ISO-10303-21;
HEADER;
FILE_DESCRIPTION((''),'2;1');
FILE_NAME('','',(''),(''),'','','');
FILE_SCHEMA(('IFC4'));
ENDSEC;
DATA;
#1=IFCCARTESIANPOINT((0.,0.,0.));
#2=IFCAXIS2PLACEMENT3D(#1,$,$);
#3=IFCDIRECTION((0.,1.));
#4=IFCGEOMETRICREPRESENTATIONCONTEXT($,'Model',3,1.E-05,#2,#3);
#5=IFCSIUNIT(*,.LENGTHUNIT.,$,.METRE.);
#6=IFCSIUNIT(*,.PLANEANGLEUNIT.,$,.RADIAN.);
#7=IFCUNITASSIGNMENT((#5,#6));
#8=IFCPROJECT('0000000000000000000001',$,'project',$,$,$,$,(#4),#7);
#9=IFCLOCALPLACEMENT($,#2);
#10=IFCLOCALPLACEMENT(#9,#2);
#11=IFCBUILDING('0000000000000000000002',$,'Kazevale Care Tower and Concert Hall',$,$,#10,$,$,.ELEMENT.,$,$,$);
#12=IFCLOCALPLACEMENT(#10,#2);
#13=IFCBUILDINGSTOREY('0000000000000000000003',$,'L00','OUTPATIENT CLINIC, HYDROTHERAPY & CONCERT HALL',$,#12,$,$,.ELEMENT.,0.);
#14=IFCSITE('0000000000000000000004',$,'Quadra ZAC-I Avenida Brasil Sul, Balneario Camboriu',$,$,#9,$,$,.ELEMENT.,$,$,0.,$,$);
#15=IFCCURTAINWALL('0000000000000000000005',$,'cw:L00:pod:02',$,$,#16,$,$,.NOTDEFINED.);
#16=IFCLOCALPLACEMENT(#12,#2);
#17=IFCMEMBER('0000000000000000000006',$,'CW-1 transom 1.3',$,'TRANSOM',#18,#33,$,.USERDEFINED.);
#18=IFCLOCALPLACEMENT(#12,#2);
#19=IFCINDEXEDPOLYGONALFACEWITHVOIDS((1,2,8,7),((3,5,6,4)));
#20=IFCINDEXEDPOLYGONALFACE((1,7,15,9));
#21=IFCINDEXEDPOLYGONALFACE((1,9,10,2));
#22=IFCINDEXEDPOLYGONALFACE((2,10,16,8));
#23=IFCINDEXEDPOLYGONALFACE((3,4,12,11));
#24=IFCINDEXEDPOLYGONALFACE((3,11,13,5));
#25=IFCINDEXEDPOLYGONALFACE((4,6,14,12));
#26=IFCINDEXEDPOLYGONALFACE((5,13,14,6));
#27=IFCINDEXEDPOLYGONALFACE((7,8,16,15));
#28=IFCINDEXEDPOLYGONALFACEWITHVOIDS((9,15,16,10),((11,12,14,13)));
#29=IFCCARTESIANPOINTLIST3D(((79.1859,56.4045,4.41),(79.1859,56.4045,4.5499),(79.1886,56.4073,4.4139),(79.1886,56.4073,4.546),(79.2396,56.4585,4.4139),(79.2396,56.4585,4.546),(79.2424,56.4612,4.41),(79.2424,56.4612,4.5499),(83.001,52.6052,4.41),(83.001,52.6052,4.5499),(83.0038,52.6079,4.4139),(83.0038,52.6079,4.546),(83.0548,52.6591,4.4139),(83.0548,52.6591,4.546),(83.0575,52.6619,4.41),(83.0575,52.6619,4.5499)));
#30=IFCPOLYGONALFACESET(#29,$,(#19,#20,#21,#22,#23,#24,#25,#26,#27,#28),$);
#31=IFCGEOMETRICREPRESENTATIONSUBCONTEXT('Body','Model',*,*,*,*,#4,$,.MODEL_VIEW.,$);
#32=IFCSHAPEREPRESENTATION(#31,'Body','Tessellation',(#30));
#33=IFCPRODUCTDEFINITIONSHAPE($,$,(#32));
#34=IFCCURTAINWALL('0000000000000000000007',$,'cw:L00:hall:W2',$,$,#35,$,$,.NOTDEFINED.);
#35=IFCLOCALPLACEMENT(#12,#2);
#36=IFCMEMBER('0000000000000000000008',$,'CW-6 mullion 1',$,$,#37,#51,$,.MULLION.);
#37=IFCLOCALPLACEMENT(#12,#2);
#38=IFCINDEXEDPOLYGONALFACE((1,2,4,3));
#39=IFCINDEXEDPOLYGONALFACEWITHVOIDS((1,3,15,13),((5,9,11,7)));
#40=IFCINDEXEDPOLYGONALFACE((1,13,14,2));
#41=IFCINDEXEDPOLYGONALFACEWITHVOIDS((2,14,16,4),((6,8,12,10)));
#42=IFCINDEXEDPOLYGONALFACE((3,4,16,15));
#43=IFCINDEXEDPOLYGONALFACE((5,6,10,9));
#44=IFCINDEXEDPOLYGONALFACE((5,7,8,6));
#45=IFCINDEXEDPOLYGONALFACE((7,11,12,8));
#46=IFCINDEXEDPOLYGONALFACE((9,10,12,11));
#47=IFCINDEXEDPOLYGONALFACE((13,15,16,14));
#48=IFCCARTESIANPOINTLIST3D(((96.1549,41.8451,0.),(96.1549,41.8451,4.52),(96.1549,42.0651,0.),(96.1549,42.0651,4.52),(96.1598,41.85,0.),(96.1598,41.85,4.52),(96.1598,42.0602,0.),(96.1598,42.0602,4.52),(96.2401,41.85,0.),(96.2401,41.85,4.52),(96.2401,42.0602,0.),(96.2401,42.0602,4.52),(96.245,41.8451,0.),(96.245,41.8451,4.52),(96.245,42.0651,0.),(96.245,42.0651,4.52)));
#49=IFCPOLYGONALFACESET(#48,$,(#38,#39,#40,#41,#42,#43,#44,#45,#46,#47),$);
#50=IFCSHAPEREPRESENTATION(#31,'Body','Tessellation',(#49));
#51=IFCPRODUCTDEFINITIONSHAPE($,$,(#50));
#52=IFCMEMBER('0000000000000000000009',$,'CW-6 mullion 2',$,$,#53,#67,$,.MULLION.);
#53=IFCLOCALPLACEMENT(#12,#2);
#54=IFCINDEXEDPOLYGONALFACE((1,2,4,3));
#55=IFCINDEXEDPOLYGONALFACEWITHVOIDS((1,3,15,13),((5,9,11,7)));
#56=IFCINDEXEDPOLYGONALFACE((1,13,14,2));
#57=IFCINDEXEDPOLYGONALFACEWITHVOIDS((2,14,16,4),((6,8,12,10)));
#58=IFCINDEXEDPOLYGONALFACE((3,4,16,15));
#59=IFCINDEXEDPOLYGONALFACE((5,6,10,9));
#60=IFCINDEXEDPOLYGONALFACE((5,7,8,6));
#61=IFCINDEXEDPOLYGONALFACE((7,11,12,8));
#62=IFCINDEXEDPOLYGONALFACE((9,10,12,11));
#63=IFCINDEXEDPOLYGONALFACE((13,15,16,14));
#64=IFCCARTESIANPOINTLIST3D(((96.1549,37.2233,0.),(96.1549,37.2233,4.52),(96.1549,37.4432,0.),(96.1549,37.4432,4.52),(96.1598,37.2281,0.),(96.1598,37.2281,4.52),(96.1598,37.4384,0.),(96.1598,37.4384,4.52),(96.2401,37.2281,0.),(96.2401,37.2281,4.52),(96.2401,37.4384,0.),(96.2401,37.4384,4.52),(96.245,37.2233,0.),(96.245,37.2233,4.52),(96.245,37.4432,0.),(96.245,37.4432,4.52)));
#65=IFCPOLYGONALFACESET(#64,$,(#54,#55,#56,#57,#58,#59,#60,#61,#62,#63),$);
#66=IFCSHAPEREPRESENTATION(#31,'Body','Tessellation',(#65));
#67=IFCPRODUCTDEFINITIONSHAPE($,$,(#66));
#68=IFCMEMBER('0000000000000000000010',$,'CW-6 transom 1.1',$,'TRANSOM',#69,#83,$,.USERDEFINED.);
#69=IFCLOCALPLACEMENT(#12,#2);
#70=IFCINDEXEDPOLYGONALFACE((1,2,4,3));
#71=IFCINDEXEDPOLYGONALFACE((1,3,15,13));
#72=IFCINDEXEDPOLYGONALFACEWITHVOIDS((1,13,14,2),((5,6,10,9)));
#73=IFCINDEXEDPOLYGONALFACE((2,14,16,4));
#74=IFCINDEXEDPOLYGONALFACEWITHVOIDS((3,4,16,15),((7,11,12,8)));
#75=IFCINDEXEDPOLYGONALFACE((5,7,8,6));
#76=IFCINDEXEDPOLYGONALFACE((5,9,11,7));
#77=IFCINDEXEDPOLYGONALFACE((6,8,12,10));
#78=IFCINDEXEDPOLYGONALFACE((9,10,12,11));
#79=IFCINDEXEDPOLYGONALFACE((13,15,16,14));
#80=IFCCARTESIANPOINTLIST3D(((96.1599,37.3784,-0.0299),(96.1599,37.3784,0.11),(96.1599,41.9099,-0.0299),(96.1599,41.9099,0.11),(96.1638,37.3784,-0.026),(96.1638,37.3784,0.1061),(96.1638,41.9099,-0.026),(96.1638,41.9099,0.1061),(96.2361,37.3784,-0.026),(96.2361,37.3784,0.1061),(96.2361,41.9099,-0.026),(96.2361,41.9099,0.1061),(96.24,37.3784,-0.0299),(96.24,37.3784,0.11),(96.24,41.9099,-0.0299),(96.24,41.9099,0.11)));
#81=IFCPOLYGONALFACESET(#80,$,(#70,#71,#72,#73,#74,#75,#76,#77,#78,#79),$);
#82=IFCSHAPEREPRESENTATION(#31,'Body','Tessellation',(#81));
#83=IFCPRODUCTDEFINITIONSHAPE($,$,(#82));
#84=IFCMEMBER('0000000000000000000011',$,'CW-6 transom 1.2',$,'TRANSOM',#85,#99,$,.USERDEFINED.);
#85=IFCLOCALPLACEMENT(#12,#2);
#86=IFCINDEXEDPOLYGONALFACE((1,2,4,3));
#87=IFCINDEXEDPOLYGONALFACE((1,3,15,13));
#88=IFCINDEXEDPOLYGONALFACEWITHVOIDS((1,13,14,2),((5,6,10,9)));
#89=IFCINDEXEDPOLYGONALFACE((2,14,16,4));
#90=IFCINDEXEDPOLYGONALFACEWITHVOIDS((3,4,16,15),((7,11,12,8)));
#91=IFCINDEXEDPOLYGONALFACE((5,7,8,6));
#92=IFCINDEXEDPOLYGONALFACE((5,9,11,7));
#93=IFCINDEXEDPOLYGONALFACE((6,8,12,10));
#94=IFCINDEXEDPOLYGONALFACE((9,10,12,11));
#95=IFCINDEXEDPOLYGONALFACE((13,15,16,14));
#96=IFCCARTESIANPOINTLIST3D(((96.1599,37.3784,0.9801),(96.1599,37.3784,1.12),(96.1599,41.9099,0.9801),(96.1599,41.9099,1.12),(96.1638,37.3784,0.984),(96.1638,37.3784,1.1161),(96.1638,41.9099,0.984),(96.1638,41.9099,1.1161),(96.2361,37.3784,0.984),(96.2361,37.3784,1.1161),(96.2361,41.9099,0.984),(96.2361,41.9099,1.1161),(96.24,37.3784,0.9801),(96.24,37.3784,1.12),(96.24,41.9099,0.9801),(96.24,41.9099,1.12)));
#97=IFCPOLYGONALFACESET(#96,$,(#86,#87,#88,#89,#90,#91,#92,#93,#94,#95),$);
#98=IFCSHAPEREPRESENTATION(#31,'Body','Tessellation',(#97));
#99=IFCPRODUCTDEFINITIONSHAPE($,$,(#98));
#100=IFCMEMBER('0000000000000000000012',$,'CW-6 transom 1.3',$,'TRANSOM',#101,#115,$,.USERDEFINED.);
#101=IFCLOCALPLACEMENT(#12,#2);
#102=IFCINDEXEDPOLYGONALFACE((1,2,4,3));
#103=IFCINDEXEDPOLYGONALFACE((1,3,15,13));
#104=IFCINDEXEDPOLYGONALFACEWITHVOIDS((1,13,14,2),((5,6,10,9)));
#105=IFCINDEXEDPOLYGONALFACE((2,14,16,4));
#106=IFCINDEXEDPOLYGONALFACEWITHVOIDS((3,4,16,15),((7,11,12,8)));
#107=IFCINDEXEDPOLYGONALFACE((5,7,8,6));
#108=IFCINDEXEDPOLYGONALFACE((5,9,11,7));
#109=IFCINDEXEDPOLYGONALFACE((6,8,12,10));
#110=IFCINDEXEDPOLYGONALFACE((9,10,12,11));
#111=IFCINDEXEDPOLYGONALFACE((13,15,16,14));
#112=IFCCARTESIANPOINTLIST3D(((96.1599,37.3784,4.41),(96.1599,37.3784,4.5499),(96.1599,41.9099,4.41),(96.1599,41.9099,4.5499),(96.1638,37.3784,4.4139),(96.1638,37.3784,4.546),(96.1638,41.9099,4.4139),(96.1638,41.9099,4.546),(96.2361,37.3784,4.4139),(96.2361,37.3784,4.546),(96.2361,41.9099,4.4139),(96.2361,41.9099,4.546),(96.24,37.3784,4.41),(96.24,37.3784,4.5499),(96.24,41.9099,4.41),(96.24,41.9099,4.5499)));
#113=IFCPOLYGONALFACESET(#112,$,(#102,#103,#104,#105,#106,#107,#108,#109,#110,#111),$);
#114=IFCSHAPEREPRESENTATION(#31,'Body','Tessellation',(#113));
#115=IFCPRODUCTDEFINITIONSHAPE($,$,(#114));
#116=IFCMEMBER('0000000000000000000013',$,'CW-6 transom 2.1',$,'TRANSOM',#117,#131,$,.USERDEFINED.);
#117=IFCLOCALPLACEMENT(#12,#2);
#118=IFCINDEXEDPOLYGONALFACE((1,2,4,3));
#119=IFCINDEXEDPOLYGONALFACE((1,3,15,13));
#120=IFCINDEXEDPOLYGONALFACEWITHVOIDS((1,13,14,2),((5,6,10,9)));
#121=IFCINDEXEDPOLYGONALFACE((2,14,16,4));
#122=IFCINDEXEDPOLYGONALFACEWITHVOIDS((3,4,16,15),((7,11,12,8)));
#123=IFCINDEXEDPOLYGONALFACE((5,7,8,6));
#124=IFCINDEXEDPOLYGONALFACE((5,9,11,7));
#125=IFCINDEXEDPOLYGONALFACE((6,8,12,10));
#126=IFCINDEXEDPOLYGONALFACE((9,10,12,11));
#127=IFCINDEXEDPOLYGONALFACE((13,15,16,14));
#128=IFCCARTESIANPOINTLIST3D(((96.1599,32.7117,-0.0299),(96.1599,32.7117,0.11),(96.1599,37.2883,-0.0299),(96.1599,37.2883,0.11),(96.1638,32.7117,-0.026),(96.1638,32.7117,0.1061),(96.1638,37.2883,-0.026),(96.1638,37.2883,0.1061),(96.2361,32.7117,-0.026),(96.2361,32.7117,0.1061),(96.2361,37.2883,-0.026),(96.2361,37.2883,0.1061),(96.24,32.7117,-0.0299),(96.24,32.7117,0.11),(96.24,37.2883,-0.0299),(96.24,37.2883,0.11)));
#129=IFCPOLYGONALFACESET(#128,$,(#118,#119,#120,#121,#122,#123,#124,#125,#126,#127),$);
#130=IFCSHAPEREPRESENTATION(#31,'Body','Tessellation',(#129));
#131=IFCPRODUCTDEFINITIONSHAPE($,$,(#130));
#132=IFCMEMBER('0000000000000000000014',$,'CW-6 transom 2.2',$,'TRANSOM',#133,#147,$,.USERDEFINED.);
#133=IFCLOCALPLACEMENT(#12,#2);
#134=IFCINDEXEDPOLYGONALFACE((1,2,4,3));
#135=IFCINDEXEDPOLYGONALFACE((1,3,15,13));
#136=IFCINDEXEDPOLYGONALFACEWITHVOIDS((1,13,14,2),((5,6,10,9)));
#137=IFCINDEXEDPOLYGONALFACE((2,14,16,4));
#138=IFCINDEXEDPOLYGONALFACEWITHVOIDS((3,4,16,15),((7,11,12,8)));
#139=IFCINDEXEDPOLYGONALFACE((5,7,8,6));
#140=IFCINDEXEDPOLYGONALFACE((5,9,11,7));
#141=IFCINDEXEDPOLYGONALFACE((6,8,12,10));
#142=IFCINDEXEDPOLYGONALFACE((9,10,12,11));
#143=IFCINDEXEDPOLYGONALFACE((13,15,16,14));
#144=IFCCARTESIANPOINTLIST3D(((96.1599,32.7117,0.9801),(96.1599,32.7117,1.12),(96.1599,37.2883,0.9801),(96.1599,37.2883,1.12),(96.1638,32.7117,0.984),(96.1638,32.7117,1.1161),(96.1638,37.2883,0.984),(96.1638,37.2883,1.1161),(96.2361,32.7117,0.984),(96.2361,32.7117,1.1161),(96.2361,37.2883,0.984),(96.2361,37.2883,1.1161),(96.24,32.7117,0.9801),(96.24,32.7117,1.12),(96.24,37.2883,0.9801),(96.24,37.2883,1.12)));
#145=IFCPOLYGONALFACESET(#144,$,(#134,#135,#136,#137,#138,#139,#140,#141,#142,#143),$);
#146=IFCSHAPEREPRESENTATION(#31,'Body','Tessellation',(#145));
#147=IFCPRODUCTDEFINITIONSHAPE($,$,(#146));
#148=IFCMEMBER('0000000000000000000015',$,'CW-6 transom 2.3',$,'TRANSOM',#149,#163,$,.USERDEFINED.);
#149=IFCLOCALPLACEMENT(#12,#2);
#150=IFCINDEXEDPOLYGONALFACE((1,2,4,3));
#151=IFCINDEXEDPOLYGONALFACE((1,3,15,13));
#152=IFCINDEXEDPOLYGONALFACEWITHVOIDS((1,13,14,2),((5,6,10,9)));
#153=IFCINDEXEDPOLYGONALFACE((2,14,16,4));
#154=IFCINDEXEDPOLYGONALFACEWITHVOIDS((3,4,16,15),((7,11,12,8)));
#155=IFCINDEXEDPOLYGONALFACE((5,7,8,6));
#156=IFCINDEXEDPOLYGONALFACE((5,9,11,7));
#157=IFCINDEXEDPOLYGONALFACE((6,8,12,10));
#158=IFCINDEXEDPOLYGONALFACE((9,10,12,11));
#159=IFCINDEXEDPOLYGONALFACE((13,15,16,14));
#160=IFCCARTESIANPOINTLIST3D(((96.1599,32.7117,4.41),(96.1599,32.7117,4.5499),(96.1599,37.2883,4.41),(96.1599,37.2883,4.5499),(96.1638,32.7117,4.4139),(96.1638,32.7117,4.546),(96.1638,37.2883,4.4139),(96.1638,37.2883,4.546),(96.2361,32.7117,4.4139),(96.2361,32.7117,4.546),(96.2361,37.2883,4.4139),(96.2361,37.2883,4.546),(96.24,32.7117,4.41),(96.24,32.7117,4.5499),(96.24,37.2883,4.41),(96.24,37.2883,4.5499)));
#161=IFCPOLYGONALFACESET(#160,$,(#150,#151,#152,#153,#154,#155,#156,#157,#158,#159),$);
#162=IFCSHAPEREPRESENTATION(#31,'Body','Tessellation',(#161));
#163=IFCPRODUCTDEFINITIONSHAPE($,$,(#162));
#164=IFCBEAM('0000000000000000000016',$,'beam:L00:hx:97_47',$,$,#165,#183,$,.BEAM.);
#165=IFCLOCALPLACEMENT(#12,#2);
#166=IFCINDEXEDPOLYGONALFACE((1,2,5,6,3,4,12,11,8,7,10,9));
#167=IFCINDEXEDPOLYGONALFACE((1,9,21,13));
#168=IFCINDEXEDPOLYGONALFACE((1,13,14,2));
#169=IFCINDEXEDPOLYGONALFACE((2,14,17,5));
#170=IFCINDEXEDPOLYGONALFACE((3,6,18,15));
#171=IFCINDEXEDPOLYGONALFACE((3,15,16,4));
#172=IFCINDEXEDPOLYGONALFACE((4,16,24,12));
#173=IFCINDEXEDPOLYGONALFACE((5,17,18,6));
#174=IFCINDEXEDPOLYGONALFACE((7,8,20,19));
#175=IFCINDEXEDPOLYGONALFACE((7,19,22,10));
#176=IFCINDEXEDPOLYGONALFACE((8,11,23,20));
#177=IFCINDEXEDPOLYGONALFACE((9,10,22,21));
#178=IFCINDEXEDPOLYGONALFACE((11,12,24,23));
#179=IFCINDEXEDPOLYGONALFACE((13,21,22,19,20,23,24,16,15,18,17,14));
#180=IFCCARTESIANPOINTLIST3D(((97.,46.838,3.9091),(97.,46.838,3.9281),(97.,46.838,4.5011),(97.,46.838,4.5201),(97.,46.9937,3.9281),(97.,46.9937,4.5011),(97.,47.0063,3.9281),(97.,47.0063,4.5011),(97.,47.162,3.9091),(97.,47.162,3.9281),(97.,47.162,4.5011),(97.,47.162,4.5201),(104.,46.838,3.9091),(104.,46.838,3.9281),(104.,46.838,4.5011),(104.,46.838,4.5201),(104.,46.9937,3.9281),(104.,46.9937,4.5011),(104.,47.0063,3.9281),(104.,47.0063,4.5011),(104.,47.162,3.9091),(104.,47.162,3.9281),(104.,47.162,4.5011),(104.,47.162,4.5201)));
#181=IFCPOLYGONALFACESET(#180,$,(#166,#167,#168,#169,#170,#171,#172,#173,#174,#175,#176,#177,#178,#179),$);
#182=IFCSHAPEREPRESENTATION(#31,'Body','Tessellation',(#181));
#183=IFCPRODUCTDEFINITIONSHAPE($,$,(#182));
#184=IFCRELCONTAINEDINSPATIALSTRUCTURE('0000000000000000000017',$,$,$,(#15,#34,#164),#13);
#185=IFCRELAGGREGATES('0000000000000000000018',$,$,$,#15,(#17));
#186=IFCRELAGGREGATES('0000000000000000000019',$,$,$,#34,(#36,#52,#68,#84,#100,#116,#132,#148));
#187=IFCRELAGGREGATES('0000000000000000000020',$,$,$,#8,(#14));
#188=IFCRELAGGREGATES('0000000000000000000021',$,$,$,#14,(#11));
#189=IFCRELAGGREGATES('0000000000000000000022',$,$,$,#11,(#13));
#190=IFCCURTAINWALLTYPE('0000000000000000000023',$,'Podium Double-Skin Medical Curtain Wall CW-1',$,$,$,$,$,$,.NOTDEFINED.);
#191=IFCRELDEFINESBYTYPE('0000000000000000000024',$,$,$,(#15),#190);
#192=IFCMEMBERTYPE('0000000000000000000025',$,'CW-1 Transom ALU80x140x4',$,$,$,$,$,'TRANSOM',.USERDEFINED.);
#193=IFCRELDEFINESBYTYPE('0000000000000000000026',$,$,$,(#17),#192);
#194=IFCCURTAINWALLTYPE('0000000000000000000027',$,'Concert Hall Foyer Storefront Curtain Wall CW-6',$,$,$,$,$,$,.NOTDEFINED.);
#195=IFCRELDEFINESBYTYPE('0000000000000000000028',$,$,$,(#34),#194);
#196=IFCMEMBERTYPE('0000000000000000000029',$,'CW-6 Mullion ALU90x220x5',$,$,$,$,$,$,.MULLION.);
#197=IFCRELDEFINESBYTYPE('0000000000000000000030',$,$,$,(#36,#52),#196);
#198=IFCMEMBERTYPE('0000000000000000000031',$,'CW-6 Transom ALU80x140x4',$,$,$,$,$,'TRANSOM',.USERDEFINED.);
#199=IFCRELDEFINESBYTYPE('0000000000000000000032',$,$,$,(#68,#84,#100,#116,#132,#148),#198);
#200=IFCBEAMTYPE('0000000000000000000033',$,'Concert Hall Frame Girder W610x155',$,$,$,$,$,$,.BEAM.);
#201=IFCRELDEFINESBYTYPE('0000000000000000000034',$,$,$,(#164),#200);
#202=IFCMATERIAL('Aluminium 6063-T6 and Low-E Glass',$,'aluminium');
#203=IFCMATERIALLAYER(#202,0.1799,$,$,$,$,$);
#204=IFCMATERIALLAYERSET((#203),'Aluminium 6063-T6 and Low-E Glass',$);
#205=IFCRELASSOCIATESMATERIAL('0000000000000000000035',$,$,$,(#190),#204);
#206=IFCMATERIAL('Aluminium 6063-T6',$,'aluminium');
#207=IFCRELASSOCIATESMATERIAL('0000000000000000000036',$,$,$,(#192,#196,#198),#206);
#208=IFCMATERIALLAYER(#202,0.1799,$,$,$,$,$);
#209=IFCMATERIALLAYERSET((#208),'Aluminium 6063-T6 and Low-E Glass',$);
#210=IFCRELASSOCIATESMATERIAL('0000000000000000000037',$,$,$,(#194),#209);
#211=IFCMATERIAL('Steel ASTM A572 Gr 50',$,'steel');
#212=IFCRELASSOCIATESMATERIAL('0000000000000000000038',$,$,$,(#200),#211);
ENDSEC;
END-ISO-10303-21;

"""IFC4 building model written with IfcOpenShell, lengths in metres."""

from ifc_helpers import new_model, si_unit, direction, frame, origin, origin_2d, place, context, subcontext, project, spatial, hollow_rectangle, i_section, extrude, material, layer, layer_set, material_profile, profile_set, type_object, element, aggregate, save


model = new_model("IFC4")

# Units and contexts
model_context = context("Model", 3, precision=1e-05, world=origin(), true_north=direction((0.0, 1.0)))
body_context = subcontext(model_context, "Body", "Model", "MODEL_VIEW")
ifc_project = project(units=[si_unit("LENGTHUNIT", "METRE"), si_unit("PLANEANGLEUNIT", "RADIAN")], contexts=[model_context])

# Site, building, storey
site_placement = place(None, origin())
site = spatial("IfcSite", under=ifc_project, at=site_placement, Name="Quadra ZAC-I Avenida Brasil Sul, Balneario Camboriu", CompositionType="ELEMENT", RefElevation=0.0)
building_placement = place(site_placement, origin())
building = spatial("IfcBuilding", under=site, at=building_placement, Name="Kazevale Care Tower and Concert Hall", CompositionType="ELEMENT")
storey_placement = place(building_placement, origin())
storey = spatial("IfcBuildingStorey", under=building, at=storey_placement, Name="L00", Description="OUTPATIENT CLINIC, HYDROTHERAPY & CONCERT HALL", CompositionType="ELEMENT", Elevation=0.0)

# Curtain walls, members
ifc_material_1 = material(Name="Aluminium 6063-T6 and Low-E Glass", Category="aluminium")
ifc_layer_1 = layer(ifc_material_1, 0.1799)
ifc_layer_set_1 = layer_set([ifc_layer_1], Name="Aluminium 6063-T6 and Low-E Glass")
curtain_wall_type_1 = type_object("IfcCurtainWallType", Name="Podium Double-Skin Medical Curtain Wall CW-1", PredefinedType="NOTDEFINED", material=ifc_layer_set_1)
curtain_wall_1_placement = place(storey_placement, origin())
curtain_wall_1 = element("IfcCurtainWall", 1, at=curtain_wall_1_placement, inside=storey, type_object=curtain_wall_type_1, Name="cw:L00:pod:02", PredefinedType="NOTDEFINED")
ifc_material_2 = material(Name="Aluminium 6063-T6", Category="aluminium")
ifc_material_profile_1 = material_profile(ifc_material_2, hollow_rectangle(XDim=0.0801, YDim=0.1399, WallThickness=0.0039, at=origin_2d()), Name="ALU80x140x4")
ifc_profile_set_1 = profile_set([ifc_material_profile_1], Name="Aluminium 6063-T6")
member_type_1 = type_object("IfcMemberType", Name="CW-1 Transom ALU80x140x4", ElementType="TRANSOM", PredefinedType="USERDEFINED", material=ifc_profile_set_1)
member_1_placement = place(storey_placement, frame((83.0293, 52.6335, 4.48), z_axis=(-0.708579, 0.705632, 0.0), x_axis=(-0.705632, -0.708579, 0.0)))
member_1 = element("IfcMember", 2, at=member_1_placement, type_object=member_type_1, Name="CW-1 transom 1.3", ObjectType="TRANSOM", PredefinedType="USERDEFINED", context=body_context, shape_type="SweptSolid", body=[
    extrude(hollow_rectangle(XDim=0.0801, YDim=0.1399, WallThickness=0.0039, at=origin_2d()), origin(), (0.0, 0.0, 1.0), 5.3843),
])
aggregate(curtain_wall_1, [member_1])
ifc_layer_2 = layer(ifc_material_1, 0.1799)
ifc_layer_set_2 = layer_set([ifc_layer_2], Name="Aluminium 6063-T6 and Low-E Glass")
curtain_wall_type_2 = type_object("IfcCurtainWallType", Name="Concert Hall Foyer Storefront Curtain Wall CW-6", PredefinedType="NOTDEFINED", material=ifc_layer_set_2)
curtain_wall_2_placement = place(storey_placement, origin())
curtain_wall_2 = element("IfcCurtainWall", 3, at=curtain_wall_2_placement, inside=storey, type_object=curtain_wall_type_2, Name="cw:L00:hall:W2", PredefinedType="NOTDEFINED")
ifc_material_profile_2 = material_profile(ifc_material_2, hollow_rectangle(XDim=0.0901, YDim=0.22, WallThickness=0.0049, at=origin_2d()), Name="ALU90x220x5")
ifc_profile_set_2 = profile_set([ifc_material_profile_2], Name="Aluminium 6063-T6")
member_type_2 = type_object("IfcMemberType", Name="CW-6 Mullion ALU90x220x5", PredefinedType="MULLION", material=ifc_profile_set_2)
member_2_placement = place(storey_placement, frame((96.2, 41.9551, 0.0), z_axis=(0.0, 0.0, 1.0), x_axis=(1.0, 0.0, 0.0)))
member_2 = element("IfcMember", 4, at=member_2_placement, type_object=member_type_2, Name="CW-6 mullion 1", PredefinedType="MULLION", context=body_context, shape_type="SweptSolid", body=[
    extrude(hollow_rectangle(XDim=0.0901, YDim=0.22, WallThickness=0.0049, at=origin_2d()), origin(), (0.0, 0.0, 1.0), 4.52),
])
member_3_placement = place(storey_placement, frame((96.2, 37.3333, 0.0), z_axis=(0.0, 0.0, 1.0), x_axis=(1.0, 0.0, 0.0)))
member_3 = element("IfcMember", 5, at=member_3_placement, type_object=member_type_2, Name="CW-6 mullion 2", PredefinedType="MULLION", context=body_context, shape_type="SweptSolid", body=[
    extrude(hollow_rectangle(XDim=0.0901, YDim=0.22, WallThickness=0.0049, at=origin_2d()), origin(), (0.0, 0.0, 1.0), 4.52),
])
ifc_material_profile_3 = material_profile(ifc_material_2, hollow_rectangle(XDim=0.0801, YDim=0.1399, WallThickness=0.0039, at=origin_2d()), Name="ALU80x140x4")
ifc_profile_set_3 = profile_set([ifc_material_profile_3], Name="Aluminium 6063-T6")
member_type_3 = type_object("IfcMemberType", Name="CW-6 Transom ALU80x140x4", ElementType="TRANSOM", PredefinedType="USERDEFINED", material=ifc_profile_set_3)
member_4_placement = place(storey_placement, frame((96.2, 41.9099, 0.04), z_axis=(0.0, -1.0, 0.0), x_axis=(1.0, 0.0, 0.0)))
member_4 = element("IfcMember", 6, at=member_4_placement, type_object=member_type_3, Name="CW-6 transom 1.1", ObjectType="TRANSOM", PredefinedType="USERDEFINED", context=body_context, shape_type="SweptSolid", body=[
    extrude(hollow_rectangle(XDim=0.0801, YDim=0.1399, WallThickness=0.0039, at=origin_2d()), origin(), (0.0, 0.0, 1.0), 4.5315),
])
member_5_placement = place(storey_placement, frame((96.2, 41.9099, 1.05), z_axis=(0.0, -1.0, 0.0), x_axis=(1.0, 0.0, 0.0)))
member_5 = element("IfcMember", 7, at=member_5_placement, type_object=member_type_3, Name="CW-6 transom 1.2", ObjectType="TRANSOM", PredefinedType="USERDEFINED", context=body_context, shape_type="SweptSolid", body=[
    extrude(hollow_rectangle(XDim=0.0801, YDim=0.1399, WallThickness=0.0039, at=origin_2d()), origin(), (0.0, 0.0, 1.0), 4.5315),
])
member_6_placement = place(storey_placement, frame((96.2, 41.9099, 4.48), z_axis=(0.0, -1.0, 0.0), x_axis=(1.0, 0.0, 0.0)))
member_6 = element("IfcMember", 8, at=member_6_placement, type_object=member_type_3, Name="CW-6 transom 1.3", ObjectType="TRANSOM", PredefinedType="USERDEFINED", context=body_context, shape_type="SweptSolid", body=[
    extrude(hollow_rectangle(XDim=0.0801, YDim=0.1399, WallThickness=0.0039, at=origin_2d()), origin(), (0.0, 0.0, 1.0), 4.5315),
])
member_7_placement = place(storey_placement, frame((96.2, 37.2883, 0.04), z_axis=(0.0, -1.0, 0.0), x_axis=(1.0, 0.0, 0.0)))
member_7 = element("IfcMember", 9, at=member_7_placement, type_object=member_type_3, Name="CW-6 transom 2.1", ObjectType="TRANSOM", PredefinedType="USERDEFINED", context=body_context, shape_type="SweptSolid", body=[
    extrude(hollow_rectangle(XDim=0.0801, YDim=0.1399, WallThickness=0.0039, at=origin_2d()), origin(), (0.0, 0.0, 1.0), 4.5767),
])
member_8_placement = place(storey_placement, frame((96.2, 37.2883, 1.05), z_axis=(0.0, -1.0, 0.0), x_axis=(1.0, 0.0, 0.0)))
member_8 = element("IfcMember", 10, at=member_8_placement, type_object=member_type_3, Name="CW-6 transom 2.2", ObjectType="TRANSOM", PredefinedType="USERDEFINED", context=body_context, shape_type="SweptSolid", body=[
    extrude(hollow_rectangle(XDim=0.0801, YDim=0.1399, WallThickness=0.0039, at=origin_2d()), origin(), (0.0, 0.0, 1.0), 4.5767),
])
member_9_placement = place(storey_placement, frame((96.2, 37.2883, 4.48), z_axis=(0.0, -1.0, 0.0), x_axis=(1.0, 0.0, 0.0)))
member_9 = element("IfcMember", 11, at=member_9_placement, type_object=member_type_3, Name="CW-6 transom 2.3", ObjectType="TRANSOM", PredefinedType="USERDEFINED", context=body_context, shape_type="SweptSolid", body=[
    extrude(hollow_rectangle(XDim=0.0801, YDim=0.1399, WallThickness=0.0039, at=origin_2d()), origin(), (0.0, 0.0, 1.0), 4.5767),
])

# Beam
ifc_material_3 = material(Name="Steel ASTM A572 Gr 50", Category="steel")
ifc_material_profile_4 = material_profile(ifc_material_3, i_section(OverallWidth=0.324, OverallDepth=0.6111, WebThickness=0.0127, FlangeThickness=0.019, at=origin_2d()), Name="W610x155")
ifc_profile_set_4 = profile_set([ifc_material_profile_4], Name="Steel ASTM A572 Gr 50")
beam_type_1 = type_object("IfcBeamType", Name="Concert Hall Frame Girder W610x155", PredefinedType="BEAM", material=ifc_profile_set_4)
for number, where, z_axis, x_axis, name in (
    (12, (97.0, 47.0, 4.2146), (1.0, 0.0, 0.0), (0.0, 1.0, 0.0), "beam:L00:hx:97_47"),
):
    element("IfcBeam", number, at=place(storey_placement, frame(where, z_axis=z_axis, x_axis=x_axis)), inside=storey, type_object=beam_type_1, Name=name, PredefinedType="BEAM", context=body_context, shape_type="SweptSolid", body=[
        extrude(i_section(OverallWidth=0.324, OverallDepth=0.6111, WebThickness=0.0127, FlangeThickness=0.019, at=origin_2d()), origin(), (0.0, 0.0, 1.0), 7.0),
    ])

aggregate(curtain_wall_2, [member_2, member_3, member_4, member_5, member_6, member_7, member_8, member_9])

save(model, "model.ifc")
